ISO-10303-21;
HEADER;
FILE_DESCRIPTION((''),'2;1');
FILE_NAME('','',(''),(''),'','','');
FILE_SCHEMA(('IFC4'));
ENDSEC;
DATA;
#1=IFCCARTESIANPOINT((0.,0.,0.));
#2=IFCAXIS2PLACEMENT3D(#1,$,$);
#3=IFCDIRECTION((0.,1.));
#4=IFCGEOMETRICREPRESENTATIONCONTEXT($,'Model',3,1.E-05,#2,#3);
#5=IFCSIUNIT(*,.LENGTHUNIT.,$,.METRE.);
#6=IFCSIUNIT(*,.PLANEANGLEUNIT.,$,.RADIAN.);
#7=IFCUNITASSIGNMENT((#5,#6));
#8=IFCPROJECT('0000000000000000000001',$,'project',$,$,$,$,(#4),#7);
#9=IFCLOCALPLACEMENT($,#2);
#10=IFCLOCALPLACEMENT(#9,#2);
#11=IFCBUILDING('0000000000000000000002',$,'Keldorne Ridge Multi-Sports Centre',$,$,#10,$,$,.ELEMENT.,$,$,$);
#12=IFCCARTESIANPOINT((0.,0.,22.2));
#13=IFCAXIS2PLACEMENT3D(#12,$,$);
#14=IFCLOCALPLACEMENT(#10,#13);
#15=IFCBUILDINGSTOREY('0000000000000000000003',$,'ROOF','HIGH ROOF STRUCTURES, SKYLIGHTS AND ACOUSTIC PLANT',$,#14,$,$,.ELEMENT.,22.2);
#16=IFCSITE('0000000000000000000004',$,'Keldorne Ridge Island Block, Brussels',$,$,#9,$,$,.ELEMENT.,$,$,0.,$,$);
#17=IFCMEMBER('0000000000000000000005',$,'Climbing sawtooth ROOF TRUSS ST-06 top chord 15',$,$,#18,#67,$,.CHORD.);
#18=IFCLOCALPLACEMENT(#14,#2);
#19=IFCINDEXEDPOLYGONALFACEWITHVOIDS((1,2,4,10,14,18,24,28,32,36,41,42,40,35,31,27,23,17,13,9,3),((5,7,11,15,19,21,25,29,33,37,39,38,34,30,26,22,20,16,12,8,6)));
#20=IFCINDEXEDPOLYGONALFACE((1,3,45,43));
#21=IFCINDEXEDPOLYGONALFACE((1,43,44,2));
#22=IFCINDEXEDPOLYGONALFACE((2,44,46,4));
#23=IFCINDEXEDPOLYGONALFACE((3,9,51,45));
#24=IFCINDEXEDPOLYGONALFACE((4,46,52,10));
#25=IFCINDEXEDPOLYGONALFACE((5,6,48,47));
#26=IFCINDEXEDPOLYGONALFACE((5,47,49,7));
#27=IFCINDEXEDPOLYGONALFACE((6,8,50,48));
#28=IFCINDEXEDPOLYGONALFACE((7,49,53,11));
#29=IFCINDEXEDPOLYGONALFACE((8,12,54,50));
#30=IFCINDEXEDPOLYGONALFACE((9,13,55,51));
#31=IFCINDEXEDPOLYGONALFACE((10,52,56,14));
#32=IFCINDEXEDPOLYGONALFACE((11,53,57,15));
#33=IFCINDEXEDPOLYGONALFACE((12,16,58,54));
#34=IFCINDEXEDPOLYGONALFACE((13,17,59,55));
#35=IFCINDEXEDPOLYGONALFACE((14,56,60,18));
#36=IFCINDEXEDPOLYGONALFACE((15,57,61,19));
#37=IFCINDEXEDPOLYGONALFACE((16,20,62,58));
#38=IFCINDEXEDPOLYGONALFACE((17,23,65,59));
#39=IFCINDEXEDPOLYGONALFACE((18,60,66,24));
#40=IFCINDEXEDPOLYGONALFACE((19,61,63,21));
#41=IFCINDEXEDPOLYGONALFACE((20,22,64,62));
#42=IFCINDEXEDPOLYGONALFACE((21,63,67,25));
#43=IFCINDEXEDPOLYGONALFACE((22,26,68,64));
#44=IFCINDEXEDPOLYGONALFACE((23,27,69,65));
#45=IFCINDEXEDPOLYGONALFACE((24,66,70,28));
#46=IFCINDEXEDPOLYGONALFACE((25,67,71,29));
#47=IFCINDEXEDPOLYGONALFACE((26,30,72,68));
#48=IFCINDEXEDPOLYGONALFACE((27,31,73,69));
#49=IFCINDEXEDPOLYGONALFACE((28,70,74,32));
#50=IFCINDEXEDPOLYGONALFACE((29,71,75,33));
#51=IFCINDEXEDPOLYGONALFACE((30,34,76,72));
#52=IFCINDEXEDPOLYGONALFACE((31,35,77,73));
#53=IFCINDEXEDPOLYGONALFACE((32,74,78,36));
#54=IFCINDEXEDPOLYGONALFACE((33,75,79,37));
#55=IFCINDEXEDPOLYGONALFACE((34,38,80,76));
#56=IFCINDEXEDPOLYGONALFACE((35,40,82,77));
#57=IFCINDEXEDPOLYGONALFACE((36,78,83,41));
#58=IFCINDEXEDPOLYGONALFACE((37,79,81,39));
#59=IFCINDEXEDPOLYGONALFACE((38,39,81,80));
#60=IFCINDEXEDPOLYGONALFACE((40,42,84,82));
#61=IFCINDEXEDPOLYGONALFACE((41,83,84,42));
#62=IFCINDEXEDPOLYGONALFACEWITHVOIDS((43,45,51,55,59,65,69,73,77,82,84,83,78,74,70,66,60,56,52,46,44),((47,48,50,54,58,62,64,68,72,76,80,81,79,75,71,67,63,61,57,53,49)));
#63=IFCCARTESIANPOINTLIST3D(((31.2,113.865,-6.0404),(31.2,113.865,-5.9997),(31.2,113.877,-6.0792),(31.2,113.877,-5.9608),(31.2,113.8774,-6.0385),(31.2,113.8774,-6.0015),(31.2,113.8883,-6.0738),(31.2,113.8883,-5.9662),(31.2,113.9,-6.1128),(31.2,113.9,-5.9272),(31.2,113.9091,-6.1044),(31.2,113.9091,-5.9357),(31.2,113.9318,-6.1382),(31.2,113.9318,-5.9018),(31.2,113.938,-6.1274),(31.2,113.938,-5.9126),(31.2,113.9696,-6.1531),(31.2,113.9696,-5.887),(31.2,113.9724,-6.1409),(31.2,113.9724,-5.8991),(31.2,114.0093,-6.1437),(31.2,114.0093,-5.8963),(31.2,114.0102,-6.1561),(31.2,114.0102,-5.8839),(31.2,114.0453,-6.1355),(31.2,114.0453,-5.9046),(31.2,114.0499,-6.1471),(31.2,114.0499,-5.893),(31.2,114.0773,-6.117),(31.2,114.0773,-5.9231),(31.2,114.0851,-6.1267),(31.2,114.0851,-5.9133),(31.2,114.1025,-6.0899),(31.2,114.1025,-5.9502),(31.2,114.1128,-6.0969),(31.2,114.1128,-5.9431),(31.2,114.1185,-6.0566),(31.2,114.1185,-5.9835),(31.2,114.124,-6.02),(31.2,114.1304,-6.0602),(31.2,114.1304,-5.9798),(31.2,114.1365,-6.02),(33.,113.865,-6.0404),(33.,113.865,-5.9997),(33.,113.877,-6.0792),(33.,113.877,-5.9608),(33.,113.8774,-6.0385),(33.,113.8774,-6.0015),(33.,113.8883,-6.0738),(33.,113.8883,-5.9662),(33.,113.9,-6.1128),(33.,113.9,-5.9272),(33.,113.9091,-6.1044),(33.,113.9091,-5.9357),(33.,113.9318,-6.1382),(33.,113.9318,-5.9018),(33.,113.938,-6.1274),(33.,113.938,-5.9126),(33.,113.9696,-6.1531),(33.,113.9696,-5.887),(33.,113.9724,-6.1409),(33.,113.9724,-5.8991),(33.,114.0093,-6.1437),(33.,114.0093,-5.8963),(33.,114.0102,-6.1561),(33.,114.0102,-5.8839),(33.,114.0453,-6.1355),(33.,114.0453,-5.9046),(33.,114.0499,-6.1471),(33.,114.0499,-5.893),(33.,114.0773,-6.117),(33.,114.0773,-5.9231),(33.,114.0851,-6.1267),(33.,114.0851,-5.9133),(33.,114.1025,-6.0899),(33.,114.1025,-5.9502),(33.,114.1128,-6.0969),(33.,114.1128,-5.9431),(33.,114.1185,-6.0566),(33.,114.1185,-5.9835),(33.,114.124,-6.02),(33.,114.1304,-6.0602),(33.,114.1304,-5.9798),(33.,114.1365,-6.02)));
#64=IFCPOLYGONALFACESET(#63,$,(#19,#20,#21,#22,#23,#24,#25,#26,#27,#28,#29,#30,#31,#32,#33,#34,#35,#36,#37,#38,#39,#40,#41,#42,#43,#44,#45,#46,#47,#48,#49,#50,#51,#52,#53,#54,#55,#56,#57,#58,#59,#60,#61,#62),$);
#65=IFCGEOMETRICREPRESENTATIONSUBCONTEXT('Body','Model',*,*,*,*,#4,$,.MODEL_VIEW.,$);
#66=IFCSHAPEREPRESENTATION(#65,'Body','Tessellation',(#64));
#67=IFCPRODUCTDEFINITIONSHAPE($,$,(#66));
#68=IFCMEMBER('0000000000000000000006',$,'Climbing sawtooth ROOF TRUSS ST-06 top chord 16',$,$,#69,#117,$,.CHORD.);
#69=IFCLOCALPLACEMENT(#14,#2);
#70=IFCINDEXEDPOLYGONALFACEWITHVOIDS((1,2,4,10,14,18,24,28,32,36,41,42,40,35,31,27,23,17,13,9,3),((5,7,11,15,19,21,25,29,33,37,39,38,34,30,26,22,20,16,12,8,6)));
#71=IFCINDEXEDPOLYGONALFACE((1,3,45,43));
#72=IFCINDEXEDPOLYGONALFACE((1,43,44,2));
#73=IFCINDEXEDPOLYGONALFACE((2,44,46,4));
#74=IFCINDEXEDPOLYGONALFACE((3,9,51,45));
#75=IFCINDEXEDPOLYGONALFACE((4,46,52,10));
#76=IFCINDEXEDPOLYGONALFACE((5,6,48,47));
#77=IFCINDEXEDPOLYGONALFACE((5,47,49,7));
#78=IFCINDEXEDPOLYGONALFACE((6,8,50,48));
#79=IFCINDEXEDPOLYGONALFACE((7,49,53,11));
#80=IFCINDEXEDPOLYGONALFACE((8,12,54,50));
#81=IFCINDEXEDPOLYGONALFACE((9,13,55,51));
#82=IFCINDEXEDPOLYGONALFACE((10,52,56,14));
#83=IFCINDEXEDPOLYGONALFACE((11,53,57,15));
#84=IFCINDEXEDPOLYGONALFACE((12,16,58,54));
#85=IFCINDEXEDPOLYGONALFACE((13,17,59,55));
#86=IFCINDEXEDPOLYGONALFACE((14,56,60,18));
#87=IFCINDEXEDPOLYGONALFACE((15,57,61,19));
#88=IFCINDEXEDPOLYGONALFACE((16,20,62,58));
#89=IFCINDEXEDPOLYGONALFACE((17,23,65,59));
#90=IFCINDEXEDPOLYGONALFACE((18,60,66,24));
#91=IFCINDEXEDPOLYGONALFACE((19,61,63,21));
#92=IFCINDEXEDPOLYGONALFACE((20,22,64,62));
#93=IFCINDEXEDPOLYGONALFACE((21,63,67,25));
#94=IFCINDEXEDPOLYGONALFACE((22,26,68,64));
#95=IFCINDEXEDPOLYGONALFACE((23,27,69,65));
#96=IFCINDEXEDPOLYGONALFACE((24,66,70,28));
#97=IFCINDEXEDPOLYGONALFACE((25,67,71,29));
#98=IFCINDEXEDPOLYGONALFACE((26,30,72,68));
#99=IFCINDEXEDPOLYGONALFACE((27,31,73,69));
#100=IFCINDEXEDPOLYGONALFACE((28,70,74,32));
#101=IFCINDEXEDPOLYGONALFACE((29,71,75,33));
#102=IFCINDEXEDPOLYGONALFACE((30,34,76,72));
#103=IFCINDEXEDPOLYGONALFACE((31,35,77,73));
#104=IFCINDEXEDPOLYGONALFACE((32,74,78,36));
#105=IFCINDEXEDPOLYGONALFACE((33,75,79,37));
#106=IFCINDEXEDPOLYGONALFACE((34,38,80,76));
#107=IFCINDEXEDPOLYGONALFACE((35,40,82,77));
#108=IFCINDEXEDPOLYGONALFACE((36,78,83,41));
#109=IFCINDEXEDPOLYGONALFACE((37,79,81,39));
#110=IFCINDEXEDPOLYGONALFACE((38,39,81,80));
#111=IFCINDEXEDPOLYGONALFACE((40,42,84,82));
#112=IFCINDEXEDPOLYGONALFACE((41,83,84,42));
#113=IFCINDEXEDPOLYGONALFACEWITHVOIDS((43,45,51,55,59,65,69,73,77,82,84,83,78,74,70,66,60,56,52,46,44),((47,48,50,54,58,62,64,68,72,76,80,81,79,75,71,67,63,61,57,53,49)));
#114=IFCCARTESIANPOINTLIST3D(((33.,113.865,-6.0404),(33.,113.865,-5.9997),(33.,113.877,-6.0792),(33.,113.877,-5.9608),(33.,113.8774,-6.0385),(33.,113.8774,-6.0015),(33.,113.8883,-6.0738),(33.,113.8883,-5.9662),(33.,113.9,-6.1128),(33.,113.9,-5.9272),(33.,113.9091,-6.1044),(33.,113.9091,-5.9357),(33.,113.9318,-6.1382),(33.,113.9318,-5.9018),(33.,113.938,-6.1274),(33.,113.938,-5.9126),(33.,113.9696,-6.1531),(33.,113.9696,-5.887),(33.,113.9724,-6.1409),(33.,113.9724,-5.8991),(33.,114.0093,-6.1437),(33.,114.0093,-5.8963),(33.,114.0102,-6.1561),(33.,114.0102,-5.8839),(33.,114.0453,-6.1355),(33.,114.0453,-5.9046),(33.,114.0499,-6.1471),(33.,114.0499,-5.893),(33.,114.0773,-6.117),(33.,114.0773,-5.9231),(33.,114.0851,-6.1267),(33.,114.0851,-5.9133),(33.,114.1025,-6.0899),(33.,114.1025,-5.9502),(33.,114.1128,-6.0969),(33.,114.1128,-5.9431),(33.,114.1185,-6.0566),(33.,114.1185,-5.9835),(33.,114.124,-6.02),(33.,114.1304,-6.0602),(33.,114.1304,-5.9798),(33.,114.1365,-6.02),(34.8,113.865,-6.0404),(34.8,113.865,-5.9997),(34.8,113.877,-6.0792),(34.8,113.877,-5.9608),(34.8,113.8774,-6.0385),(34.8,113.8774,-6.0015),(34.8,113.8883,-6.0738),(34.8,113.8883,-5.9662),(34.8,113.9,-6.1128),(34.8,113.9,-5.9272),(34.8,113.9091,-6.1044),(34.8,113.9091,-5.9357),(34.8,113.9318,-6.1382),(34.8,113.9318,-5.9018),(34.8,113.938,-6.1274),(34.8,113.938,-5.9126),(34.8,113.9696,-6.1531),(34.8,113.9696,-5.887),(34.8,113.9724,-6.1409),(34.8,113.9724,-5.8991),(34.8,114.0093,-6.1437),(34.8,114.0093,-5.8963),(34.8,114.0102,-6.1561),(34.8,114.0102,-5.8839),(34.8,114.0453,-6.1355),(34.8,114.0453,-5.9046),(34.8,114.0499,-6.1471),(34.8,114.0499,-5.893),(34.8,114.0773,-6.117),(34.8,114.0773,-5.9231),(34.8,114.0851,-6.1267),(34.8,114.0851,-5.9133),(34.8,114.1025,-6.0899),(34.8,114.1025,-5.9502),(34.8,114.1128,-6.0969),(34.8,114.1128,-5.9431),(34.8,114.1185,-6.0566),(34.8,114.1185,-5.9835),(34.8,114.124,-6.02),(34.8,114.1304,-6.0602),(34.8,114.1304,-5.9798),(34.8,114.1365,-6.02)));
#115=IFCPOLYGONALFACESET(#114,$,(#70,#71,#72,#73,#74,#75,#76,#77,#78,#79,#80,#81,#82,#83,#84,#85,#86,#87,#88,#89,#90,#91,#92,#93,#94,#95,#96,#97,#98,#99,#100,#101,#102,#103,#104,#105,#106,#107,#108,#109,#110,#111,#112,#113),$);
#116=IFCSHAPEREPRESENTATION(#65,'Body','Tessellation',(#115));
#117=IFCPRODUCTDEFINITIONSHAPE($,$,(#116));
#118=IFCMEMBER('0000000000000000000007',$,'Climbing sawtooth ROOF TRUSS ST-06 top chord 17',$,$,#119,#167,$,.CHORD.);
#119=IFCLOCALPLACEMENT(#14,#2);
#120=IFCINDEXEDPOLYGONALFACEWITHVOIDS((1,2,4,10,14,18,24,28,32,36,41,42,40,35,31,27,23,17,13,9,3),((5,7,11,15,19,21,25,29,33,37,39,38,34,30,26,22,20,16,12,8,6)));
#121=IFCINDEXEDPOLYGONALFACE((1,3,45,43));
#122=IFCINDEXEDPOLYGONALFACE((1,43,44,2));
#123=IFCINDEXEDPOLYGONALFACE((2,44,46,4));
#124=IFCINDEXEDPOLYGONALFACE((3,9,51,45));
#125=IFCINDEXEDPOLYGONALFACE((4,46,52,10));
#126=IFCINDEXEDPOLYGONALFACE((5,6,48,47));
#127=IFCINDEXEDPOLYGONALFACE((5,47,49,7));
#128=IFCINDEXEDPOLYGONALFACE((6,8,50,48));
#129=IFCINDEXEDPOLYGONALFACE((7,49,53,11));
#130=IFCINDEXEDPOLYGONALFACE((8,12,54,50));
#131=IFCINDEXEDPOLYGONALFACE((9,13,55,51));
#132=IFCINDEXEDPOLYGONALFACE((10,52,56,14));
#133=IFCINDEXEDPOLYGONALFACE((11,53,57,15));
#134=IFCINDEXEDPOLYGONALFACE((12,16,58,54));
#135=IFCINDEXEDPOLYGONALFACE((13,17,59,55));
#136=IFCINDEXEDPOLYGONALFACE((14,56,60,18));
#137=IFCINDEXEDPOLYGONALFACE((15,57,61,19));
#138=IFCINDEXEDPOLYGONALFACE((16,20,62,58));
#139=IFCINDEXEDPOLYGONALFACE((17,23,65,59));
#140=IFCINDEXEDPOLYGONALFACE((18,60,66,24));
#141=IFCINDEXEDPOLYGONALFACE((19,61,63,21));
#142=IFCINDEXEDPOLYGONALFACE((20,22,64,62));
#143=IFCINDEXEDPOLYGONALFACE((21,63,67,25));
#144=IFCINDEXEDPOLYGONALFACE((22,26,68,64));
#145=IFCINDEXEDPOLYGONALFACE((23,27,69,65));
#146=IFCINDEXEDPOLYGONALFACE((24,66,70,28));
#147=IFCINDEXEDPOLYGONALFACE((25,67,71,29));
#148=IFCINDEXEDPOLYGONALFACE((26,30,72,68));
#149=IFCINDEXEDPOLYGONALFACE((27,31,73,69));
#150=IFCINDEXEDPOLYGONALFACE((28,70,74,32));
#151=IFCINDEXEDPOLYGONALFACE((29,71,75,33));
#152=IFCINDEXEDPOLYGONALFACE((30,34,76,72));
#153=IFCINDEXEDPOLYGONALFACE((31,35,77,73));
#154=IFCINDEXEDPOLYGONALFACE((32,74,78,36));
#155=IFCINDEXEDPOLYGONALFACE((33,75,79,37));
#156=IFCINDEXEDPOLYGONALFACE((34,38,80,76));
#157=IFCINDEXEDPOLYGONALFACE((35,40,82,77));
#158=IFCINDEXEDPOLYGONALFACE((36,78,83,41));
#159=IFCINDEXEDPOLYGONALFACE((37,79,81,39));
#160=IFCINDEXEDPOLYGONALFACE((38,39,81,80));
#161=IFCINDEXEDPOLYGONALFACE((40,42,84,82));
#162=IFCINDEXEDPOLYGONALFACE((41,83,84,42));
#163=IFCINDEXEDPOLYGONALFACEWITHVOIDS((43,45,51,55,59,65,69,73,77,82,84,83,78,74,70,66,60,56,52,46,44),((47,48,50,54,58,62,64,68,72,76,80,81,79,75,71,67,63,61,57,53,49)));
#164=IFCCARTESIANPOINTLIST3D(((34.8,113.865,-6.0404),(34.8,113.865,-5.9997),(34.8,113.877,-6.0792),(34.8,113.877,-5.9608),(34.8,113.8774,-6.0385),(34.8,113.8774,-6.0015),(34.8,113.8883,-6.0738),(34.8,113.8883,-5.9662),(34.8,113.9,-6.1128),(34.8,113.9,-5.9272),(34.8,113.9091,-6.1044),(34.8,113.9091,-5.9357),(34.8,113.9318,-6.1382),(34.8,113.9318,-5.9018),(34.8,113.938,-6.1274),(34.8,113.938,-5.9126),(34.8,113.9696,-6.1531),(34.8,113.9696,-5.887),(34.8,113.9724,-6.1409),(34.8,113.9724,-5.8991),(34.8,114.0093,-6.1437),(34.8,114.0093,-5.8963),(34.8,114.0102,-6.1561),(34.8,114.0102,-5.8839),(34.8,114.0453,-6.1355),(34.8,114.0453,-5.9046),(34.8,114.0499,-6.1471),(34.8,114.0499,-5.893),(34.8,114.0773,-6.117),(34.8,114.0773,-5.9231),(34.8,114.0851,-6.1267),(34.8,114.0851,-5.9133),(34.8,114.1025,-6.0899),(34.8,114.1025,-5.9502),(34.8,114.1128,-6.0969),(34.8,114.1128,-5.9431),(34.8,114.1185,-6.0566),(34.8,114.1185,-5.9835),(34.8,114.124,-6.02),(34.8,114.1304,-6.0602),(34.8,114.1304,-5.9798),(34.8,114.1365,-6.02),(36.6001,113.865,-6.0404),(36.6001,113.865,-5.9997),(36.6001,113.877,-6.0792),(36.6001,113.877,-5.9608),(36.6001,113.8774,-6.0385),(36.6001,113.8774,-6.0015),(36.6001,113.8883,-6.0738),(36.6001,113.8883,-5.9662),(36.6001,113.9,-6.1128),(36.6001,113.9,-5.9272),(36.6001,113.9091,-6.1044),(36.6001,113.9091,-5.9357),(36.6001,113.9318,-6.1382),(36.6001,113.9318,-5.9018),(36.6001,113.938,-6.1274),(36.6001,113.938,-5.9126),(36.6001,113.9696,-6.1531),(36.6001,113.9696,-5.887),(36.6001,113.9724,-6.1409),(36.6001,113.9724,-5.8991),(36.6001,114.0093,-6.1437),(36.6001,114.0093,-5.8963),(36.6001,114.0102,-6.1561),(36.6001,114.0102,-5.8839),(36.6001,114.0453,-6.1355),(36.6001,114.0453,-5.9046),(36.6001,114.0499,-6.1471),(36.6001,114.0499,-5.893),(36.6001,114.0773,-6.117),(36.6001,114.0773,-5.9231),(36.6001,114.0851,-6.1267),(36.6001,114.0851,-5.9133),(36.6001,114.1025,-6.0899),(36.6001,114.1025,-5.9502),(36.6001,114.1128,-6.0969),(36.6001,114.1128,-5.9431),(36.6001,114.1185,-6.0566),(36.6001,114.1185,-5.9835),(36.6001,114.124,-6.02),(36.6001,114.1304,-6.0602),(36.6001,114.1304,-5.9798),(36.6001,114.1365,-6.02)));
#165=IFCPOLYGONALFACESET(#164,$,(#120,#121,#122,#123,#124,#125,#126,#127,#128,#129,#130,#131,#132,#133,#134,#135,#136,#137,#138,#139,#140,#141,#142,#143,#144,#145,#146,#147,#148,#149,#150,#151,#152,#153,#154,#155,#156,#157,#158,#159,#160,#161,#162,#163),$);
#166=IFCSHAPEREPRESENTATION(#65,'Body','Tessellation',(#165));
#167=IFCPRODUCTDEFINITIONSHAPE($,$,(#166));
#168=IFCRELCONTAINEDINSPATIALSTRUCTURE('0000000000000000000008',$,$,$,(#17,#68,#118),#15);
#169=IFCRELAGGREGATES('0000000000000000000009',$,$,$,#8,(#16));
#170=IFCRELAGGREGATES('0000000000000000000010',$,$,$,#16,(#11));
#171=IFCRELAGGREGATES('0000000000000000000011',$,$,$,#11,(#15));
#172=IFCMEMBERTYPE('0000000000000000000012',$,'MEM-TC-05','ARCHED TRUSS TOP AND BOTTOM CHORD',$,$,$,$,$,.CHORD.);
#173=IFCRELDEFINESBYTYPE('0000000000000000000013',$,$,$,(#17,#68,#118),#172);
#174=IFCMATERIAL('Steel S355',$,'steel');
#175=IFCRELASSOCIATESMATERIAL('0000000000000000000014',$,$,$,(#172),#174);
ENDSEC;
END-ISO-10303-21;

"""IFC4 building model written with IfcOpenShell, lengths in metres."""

from ifc_helpers import new_model, si_unit, direction, frame, origin, origin_2d, place, context, subcontext, project, spatial, hollow_circle, extrude, material, material_profile, profile_set, type_object, element, save


model = new_model("IFC4")

# Units and contexts
model_context = context("Model", 3, precision=1e-05, world=origin(), true_north=direction((0.0, 1.0)))
body_context = subcontext(model_context, "Body", "Model", "MODEL_VIEW")
ifc_project = project(units=[si_unit("LENGTHUNIT", "METRE"), si_unit("PLANEANGLEUNIT", "RADIAN")], contexts=[model_context])

# Site, building, storey
site_placement = place(None, origin())
site = spatial("IfcSite", under=ifc_project, at=site_placement, Name="Keldorne Ridge Island Block, Brussels", CompositionType="ELEMENT", RefElevation=0.0)
building_placement = place(site_placement, origin())
building = spatial("IfcBuilding", under=site, at=building_placement, Name="Keldorne Ridge Multi-Sports Centre", CompositionType="ELEMENT")
storey_placement = place(building_placement, frame((0.0, 0.0, 22.2)))
storey = spatial("IfcBuildingStorey", under=building, at=storey_placement, Name="ROOF", Description="HIGH ROOF STRUCTURES, SKYLIGHTS AND ACOUSTIC PLANT", CompositionType="ELEMENT", Elevation=22.2)

# Shared definitions
ifc_material_1 = material(Name="Steel S355", Category="steel")

# Members
ifc_material_profile_1 = material_profile(ifc_material_1, hollow_circle(Radius=0.1365, WallThickness=0.0125, at=origin_2d()), Name="CHS 273x12.5")
ifc_profile_set_1 = profile_set([ifc_material_profile_1], Name="Steel S355")
member_type_1 = type_object("IfcMemberType", Name="MEM-TC-05", Description="ARCHED TRUSS TOP AND BOTTOM CHORD", PredefinedType="CHORD", material=ifc_profile_set_1)
for number, where, z_axis, x_axis, name in (
    (1, (31.2, 114.0, -6.02), (1.0, 0.0, 0.0), (0.0, 1.0, 0.0), "Climbing sawtooth ROOF TRUSS ST-06 top chord 15"),
    (2, (33.0, 114.0, -6.02), (1.0, 0.0, 0.0), (0.0, 1.0, 0.0), "Climbing sawtooth ROOF TRUSS ST-06 top chord 16"),
    (3, (34.8, 114.0, -6.02), (1.0, 0.0, 0.0), (0.0, 1.0, 0.0), "Climbing sawtooth ROOF TRUSS ST-06 top chord 17"),
):
    element("IfcMember", number, at=place(storey_placement, frame(where, z_axis=z_axis, x_axis=x_axis)), inside=storey, type_object=member_type_1, Name=name, PredefinedType="CHORD", context=body_context, shape_type="SweptSolid", body=[
        extrude(hollow_circle(Radius=0.1365, WallThickness=0.0125, at=origin_2d()), origin(), (0.0, 0.0, 1.0), 1.8),
    ])

save(model, "model.ifc")
